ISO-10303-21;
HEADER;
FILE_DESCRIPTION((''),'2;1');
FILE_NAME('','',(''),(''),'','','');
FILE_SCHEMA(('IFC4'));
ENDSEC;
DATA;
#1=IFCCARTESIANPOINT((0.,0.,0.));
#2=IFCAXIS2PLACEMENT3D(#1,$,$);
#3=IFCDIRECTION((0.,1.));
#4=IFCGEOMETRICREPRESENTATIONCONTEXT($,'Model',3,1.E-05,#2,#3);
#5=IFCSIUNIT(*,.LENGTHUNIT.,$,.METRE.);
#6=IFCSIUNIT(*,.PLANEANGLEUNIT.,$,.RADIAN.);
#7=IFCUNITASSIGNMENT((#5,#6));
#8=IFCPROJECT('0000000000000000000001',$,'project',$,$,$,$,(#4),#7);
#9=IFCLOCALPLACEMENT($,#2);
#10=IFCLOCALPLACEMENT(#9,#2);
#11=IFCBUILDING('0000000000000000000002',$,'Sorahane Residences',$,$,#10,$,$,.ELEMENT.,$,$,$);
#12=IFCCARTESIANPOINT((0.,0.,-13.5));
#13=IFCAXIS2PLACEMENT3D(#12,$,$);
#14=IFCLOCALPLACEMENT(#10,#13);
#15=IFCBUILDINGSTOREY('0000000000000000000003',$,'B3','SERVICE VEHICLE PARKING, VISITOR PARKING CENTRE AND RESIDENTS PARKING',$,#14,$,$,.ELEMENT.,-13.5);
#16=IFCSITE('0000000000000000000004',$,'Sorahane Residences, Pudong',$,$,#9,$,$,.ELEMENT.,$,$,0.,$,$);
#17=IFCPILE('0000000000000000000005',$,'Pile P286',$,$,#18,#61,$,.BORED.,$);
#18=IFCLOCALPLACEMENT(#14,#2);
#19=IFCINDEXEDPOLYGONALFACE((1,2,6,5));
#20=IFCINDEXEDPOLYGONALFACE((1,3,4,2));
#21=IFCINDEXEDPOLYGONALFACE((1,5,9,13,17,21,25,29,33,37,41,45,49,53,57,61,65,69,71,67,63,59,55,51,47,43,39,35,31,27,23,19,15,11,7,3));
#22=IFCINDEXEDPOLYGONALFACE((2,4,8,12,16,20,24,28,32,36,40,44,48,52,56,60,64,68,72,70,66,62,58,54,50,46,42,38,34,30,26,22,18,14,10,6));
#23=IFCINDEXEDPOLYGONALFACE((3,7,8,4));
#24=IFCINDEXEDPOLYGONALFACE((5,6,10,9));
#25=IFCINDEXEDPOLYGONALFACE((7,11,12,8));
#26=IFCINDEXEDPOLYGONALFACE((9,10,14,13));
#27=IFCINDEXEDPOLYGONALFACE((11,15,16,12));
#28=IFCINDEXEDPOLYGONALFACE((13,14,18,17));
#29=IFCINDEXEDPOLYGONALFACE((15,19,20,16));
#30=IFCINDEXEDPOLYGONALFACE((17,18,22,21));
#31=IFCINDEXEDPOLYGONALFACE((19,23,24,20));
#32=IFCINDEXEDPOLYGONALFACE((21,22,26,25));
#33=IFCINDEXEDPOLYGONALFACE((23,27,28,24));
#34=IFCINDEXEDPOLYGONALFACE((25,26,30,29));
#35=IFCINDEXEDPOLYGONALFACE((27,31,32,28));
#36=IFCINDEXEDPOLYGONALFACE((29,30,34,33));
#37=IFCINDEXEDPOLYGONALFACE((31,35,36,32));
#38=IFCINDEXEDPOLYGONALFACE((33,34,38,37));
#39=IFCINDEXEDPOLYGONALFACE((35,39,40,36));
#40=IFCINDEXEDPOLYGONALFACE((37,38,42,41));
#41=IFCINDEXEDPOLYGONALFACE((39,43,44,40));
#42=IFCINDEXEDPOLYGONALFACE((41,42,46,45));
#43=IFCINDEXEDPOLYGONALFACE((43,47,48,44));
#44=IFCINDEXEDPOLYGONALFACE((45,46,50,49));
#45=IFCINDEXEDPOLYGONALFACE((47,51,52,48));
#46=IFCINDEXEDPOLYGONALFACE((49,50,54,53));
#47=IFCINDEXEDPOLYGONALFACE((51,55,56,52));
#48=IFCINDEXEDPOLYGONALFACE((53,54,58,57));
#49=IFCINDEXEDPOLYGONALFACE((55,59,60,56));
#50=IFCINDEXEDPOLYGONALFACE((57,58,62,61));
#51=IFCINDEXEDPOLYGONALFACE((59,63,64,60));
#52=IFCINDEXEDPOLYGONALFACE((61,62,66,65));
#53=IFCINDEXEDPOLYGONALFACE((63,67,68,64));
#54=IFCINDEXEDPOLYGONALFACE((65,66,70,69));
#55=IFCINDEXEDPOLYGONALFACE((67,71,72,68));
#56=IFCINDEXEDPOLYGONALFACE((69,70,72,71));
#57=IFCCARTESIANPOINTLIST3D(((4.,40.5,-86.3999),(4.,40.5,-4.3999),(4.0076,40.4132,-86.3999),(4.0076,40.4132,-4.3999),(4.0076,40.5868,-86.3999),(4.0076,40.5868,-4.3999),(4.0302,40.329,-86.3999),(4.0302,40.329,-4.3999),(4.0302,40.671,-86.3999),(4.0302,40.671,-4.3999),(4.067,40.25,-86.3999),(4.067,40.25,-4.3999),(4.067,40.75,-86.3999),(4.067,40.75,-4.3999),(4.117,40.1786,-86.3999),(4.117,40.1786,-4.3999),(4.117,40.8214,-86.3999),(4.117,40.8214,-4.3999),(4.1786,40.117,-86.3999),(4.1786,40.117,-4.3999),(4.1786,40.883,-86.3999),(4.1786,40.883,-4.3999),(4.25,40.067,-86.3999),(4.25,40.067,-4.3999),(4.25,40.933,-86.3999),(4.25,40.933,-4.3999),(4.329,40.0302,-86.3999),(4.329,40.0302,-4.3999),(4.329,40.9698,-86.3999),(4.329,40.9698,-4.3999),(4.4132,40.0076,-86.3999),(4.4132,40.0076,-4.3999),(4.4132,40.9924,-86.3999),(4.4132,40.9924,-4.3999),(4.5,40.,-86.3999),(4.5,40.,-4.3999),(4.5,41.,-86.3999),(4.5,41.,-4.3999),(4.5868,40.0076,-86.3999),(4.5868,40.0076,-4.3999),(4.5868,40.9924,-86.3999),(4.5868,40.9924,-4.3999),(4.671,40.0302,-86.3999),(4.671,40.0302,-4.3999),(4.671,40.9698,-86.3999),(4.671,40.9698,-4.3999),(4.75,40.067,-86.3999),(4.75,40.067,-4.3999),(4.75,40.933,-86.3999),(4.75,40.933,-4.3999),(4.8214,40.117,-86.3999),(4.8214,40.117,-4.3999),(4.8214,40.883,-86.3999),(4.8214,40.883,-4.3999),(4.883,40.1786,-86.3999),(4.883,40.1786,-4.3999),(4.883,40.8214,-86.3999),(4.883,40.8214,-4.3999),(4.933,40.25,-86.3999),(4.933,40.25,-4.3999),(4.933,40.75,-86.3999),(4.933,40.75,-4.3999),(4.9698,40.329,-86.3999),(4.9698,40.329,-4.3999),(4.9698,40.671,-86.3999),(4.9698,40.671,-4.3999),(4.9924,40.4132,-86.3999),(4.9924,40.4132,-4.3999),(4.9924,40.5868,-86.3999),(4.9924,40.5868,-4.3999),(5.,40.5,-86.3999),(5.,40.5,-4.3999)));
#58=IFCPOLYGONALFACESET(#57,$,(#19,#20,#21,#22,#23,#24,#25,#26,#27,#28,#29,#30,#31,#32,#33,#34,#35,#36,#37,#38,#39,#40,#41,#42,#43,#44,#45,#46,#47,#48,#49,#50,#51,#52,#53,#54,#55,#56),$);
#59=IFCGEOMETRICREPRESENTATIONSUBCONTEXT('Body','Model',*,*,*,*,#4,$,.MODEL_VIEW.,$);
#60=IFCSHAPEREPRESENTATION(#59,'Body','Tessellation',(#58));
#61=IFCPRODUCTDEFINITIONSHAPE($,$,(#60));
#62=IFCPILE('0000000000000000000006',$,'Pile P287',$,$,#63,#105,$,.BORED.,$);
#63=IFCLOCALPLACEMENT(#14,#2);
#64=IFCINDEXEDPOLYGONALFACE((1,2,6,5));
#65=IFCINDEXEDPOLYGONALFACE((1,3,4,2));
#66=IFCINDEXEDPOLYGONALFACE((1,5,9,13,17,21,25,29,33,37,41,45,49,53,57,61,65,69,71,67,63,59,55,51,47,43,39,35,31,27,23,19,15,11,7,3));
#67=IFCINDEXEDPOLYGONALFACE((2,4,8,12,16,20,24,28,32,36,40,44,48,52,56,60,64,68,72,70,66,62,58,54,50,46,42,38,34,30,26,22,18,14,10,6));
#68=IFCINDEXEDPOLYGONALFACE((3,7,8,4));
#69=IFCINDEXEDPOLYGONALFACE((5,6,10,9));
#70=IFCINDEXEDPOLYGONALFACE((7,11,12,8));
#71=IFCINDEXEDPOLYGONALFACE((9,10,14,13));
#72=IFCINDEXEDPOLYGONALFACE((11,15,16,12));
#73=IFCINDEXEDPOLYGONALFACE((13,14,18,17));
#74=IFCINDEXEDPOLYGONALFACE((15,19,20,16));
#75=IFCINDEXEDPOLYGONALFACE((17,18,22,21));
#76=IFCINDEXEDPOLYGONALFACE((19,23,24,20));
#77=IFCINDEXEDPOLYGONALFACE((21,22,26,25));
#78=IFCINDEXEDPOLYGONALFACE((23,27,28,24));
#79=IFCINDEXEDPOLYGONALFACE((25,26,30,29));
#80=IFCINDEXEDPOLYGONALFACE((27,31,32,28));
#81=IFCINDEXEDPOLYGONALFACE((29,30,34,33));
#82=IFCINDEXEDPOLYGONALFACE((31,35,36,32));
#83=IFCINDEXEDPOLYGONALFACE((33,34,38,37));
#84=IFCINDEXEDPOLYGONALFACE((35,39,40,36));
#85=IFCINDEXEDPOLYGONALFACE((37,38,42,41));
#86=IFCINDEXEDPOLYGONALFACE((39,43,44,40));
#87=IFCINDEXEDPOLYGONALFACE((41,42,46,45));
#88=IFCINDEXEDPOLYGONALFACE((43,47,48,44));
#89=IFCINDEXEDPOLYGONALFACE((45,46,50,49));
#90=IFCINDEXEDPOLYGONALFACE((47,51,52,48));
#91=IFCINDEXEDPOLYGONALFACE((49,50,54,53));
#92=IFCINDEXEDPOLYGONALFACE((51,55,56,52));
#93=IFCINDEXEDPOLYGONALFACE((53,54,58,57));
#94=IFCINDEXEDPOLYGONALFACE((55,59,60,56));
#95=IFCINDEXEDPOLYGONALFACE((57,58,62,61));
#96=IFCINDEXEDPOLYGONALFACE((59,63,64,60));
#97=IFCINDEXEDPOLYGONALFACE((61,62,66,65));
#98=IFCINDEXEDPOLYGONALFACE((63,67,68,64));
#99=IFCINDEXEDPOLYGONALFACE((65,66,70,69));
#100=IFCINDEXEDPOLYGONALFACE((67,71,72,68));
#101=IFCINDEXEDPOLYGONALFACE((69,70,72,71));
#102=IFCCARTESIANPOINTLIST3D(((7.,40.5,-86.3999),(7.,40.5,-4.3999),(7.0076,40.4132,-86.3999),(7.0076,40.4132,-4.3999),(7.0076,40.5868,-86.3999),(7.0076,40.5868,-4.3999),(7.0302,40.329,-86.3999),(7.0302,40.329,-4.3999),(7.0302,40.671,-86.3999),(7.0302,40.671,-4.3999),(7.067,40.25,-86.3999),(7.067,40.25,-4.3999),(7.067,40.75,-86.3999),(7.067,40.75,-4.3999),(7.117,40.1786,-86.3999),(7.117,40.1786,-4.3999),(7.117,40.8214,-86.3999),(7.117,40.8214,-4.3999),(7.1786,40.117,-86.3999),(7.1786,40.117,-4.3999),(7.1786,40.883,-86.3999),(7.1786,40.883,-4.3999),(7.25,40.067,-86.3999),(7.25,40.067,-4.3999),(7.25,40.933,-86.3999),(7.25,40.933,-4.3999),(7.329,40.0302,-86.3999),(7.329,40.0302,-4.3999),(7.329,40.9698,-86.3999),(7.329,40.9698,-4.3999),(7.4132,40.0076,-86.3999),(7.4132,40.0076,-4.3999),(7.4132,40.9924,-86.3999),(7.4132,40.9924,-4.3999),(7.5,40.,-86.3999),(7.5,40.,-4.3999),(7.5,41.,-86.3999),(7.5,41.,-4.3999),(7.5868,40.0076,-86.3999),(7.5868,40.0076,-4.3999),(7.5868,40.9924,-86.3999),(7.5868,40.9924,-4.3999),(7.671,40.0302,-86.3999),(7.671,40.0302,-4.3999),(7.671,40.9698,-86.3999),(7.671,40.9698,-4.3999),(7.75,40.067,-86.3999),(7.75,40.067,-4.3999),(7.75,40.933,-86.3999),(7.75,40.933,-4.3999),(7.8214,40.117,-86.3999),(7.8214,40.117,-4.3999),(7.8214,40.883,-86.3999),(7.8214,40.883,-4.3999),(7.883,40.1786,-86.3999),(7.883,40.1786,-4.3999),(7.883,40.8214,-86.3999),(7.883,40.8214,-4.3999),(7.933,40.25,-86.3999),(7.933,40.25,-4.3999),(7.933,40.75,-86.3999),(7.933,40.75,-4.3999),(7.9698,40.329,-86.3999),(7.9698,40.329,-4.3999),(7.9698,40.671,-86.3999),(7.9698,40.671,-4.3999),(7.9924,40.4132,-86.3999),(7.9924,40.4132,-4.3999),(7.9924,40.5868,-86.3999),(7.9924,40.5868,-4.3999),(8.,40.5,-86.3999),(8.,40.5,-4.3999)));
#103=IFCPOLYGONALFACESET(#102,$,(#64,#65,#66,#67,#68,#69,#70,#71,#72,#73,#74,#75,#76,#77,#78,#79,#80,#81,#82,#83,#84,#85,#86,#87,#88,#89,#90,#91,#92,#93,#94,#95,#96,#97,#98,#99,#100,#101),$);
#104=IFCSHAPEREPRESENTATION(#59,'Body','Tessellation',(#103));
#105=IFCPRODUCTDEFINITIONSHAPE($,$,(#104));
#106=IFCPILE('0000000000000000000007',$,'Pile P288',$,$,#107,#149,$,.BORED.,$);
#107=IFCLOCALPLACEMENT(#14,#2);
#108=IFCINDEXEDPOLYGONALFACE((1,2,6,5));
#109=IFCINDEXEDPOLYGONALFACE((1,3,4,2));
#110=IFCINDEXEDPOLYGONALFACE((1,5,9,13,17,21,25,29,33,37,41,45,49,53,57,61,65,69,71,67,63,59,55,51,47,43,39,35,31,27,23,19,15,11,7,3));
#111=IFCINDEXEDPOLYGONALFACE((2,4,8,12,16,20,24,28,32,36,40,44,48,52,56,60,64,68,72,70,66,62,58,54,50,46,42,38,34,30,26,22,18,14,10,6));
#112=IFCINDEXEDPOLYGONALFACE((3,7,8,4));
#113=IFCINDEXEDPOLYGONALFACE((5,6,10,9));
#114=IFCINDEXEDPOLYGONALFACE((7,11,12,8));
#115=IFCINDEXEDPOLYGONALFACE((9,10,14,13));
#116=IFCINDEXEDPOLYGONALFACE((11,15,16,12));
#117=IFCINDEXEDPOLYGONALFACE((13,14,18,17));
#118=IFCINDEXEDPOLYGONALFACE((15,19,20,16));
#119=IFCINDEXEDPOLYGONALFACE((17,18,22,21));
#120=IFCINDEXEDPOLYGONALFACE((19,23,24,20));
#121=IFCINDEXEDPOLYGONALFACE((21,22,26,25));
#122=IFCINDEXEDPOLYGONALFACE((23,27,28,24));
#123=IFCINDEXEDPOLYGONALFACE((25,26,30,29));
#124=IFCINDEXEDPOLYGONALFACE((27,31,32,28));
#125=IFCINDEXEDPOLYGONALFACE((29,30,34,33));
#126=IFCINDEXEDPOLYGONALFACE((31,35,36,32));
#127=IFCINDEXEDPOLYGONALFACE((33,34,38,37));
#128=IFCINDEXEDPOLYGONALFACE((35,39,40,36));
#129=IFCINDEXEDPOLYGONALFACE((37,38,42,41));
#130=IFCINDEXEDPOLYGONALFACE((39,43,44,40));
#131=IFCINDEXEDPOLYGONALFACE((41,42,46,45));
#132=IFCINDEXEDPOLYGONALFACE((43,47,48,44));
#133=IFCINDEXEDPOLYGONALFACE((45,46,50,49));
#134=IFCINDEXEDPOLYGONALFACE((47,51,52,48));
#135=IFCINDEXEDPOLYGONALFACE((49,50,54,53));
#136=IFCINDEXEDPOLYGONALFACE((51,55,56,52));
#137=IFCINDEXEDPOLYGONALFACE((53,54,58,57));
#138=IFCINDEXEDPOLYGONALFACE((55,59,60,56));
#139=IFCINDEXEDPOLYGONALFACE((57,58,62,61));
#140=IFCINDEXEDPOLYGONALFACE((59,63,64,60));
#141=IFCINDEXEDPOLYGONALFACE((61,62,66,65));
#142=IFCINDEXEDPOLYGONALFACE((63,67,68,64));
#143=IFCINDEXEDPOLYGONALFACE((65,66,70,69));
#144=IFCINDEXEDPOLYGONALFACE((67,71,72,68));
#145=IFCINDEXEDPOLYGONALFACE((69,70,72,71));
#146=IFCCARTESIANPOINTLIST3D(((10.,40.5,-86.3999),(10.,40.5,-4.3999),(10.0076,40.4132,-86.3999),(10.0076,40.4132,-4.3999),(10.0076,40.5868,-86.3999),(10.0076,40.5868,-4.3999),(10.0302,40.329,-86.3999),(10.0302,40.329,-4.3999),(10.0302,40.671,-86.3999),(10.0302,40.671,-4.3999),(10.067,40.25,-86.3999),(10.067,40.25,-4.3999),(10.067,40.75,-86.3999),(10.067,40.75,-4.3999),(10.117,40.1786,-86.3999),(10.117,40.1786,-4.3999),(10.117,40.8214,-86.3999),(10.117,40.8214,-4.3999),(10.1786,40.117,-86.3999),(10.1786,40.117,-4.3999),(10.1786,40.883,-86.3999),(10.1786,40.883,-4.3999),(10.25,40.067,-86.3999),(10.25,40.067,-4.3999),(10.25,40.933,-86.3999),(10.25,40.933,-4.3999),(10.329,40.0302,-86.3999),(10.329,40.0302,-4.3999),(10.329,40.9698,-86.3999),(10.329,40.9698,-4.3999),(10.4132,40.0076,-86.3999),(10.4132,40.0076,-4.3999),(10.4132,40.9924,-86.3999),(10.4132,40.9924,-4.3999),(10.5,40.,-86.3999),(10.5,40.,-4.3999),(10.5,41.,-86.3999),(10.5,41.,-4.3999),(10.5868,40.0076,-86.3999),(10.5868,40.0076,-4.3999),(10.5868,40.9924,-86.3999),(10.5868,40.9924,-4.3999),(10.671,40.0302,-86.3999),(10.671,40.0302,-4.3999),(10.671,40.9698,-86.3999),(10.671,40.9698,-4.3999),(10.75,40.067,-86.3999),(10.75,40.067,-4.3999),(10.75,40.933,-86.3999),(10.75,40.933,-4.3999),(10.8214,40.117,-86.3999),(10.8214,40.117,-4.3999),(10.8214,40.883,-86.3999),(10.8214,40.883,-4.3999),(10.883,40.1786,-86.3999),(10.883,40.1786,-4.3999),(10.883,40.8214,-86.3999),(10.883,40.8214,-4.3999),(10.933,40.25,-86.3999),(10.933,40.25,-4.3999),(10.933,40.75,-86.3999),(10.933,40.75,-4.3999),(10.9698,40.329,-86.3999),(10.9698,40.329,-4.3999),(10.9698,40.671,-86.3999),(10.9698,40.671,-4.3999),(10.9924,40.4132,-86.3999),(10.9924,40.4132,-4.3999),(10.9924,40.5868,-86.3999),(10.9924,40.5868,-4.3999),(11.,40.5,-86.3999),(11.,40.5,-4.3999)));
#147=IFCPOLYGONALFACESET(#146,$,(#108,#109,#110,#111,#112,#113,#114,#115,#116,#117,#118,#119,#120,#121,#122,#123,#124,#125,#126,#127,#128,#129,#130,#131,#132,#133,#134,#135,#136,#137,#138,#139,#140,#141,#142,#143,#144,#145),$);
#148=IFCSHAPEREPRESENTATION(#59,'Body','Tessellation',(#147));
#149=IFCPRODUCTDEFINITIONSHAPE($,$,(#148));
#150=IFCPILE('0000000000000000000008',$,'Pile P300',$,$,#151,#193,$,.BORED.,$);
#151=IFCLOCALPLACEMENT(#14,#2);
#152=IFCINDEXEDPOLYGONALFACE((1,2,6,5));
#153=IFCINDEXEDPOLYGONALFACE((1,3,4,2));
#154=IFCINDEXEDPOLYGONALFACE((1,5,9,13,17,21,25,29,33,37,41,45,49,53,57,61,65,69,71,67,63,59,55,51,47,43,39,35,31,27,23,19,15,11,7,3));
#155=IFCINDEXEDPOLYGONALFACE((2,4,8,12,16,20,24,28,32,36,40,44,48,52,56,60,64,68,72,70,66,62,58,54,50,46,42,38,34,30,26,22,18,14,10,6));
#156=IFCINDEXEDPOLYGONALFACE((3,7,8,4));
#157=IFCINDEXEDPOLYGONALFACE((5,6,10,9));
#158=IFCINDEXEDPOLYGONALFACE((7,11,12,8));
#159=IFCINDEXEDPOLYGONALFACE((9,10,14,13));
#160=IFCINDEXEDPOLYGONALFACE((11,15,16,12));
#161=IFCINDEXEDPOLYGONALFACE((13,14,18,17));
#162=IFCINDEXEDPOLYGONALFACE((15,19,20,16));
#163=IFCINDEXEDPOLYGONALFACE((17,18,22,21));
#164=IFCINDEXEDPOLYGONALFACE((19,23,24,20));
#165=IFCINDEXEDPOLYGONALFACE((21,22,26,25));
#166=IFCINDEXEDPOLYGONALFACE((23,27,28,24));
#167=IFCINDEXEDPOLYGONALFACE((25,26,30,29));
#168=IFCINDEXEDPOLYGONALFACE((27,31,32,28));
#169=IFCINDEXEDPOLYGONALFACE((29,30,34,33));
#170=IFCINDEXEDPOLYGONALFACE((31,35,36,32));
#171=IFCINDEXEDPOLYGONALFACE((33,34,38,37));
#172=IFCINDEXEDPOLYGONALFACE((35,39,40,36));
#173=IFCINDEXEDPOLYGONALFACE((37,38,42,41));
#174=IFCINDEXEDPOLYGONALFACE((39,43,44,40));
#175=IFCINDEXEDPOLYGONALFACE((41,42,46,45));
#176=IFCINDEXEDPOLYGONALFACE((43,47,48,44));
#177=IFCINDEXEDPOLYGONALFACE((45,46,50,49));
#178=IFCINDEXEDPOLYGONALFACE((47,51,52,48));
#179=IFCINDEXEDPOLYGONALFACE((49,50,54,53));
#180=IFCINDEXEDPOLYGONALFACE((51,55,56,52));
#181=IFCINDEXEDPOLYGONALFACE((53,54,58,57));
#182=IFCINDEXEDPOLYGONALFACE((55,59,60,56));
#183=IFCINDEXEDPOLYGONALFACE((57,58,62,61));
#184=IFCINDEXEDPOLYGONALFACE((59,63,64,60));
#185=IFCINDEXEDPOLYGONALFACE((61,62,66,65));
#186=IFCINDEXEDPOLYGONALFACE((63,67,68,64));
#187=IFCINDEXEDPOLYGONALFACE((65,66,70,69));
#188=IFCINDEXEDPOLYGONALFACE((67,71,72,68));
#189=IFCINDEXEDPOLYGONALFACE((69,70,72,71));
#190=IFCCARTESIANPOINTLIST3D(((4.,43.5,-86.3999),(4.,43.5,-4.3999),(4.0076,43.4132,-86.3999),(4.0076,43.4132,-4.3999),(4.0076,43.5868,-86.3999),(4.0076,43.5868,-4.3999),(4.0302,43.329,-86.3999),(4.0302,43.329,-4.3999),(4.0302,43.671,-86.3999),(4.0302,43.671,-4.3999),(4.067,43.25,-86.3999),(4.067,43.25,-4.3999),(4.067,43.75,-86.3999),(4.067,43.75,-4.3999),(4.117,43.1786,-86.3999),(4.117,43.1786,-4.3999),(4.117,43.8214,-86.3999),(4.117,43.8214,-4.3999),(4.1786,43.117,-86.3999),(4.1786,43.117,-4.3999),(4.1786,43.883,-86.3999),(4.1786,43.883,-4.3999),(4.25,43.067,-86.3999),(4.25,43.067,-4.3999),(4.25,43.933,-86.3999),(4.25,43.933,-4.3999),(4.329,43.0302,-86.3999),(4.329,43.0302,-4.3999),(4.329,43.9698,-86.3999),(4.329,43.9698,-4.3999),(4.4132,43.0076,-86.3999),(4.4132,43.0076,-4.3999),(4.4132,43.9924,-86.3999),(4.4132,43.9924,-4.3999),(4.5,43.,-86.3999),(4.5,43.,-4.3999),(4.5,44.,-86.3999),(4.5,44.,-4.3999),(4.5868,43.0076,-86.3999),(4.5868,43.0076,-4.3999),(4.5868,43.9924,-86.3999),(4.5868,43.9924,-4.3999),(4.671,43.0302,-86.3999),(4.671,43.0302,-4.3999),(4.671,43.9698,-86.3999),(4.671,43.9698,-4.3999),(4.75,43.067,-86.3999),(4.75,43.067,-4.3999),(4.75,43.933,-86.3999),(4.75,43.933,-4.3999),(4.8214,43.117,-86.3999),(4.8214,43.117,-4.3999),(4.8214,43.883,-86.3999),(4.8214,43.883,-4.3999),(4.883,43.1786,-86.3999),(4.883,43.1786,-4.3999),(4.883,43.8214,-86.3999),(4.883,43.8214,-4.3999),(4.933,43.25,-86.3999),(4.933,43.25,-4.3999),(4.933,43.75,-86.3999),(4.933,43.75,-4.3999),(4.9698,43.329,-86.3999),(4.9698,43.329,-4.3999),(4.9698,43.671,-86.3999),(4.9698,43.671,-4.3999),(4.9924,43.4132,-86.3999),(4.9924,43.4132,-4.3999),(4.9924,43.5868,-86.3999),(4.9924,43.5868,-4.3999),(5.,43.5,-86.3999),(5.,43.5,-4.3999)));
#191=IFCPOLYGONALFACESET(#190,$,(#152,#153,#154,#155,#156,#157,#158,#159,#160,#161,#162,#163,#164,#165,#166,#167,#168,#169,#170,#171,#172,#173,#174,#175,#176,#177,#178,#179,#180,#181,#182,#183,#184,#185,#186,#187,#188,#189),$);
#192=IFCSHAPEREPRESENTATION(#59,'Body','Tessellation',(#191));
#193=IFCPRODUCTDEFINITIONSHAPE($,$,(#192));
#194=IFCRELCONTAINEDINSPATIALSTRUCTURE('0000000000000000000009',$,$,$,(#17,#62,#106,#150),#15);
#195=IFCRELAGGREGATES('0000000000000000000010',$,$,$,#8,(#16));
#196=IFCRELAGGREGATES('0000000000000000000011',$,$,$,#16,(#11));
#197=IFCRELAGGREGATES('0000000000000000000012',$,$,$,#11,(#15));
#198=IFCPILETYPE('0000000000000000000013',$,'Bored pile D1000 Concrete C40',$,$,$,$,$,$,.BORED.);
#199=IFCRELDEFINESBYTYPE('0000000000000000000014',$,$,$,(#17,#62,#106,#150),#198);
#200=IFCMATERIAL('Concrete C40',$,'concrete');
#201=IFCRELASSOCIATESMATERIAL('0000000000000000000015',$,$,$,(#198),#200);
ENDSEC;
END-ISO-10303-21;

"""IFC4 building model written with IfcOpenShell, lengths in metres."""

from ifc_helpers import new_model, si_unit, direction, frame, origin, origin_2d, place, context, subcontext, project, spatial, circle, extrude, material, material_profile, profile_set, type_object, element, save


model = new_model("IFC4")

# Units and contexts
model_context = context("Model", 3, precision=1e-05, world=origin(), true_north=direction((0.0, 1.0)))
body_context = subcontext(model_context, "Body", "Model", "MODEL_VIEW")
ifc_project = project(units=[si_unit("LENGTHUNIT", "METRE"), si_unit("PLANEANGLEUNIT", "RADIAN")], contexts=[model_context])

# Site, building, storey
site_placement = place(None, origin())
site = spatial("IfcSite", under=ifc_project, at=site_placement, Name="Sorahane Residences, Pudong", CompositionType="ELEMENT", RefElevation=0.0)
building_placement = place(site_placement, origin())
building = spatial("IfcBuilding", under=site, at=building_placement, Name="Sorahane Residences", CompositionType="ELEMENT")
storey_placement = place(building_placement, frame((0.0, 0.0, -13.5)))
storey = spatial("IfcBuildingStorey", under=building, at=storey_placement, Name="B3", Description="SERVICE VEHICLE PARKING, VISITOR PARKING CENTRE AND RESIDENTS PARKING", CompositionType="ELEMENT", Elevation=-13.5)

# Piles
ifc_material_1 = material(Name="Concrete C40", Category="concrete")
ifc_material_profile_1 = material_profile(ifc_material_1, circle(Radius=0.5, at=origin_2d()), Name="D1000")
ifc_profile_set_1 = profile_set([ifc_material_profile_1], Name="Concrete C40")
pile_type = type_object("IfcPileType", Name="Bored pile D1000 Concrete C40", PredefinedType="BORED", material=ifc_profile_set_1)
for number, where, z_axis, x_axis, name in (
    (1, (4.5, 40.5, -4.3999), (0.0, 0.0, -1.0), (1.0, 0.0, 0.0), "Pile P286"),
    (2, (7.5, 40.5, -4.3999), (0.0, 0.0, -1.0), (1.0, 0.0, 0.0), "Pile P287"),
    (3, (10.5, 40.5, -4.3999), (0.0, 0.0, -1.0), (1.0, 0.0, 0.0), "Pile P288"),
    (4, (4.5, 43.5, -4.3999), (0.0, 0.0, -1.0), (1.0, 0.0, 0.0), "Pile P300"),
):
    element("IfcPile", number, at=place(storey_placement, frame(where, z_axis=z_axis, x_axis=x_axis)), inside=storey, type_object=pile_type, Name=name, PredefinedType="BORED", context=body_context, shape_type="SweptSolid", body=[
        extrude(circle(Radius=0.5, at=origin_2d()), origin(), (0.0, 0.0, 1.0), 82.0),
    ])

save(model, "model.ifc")
